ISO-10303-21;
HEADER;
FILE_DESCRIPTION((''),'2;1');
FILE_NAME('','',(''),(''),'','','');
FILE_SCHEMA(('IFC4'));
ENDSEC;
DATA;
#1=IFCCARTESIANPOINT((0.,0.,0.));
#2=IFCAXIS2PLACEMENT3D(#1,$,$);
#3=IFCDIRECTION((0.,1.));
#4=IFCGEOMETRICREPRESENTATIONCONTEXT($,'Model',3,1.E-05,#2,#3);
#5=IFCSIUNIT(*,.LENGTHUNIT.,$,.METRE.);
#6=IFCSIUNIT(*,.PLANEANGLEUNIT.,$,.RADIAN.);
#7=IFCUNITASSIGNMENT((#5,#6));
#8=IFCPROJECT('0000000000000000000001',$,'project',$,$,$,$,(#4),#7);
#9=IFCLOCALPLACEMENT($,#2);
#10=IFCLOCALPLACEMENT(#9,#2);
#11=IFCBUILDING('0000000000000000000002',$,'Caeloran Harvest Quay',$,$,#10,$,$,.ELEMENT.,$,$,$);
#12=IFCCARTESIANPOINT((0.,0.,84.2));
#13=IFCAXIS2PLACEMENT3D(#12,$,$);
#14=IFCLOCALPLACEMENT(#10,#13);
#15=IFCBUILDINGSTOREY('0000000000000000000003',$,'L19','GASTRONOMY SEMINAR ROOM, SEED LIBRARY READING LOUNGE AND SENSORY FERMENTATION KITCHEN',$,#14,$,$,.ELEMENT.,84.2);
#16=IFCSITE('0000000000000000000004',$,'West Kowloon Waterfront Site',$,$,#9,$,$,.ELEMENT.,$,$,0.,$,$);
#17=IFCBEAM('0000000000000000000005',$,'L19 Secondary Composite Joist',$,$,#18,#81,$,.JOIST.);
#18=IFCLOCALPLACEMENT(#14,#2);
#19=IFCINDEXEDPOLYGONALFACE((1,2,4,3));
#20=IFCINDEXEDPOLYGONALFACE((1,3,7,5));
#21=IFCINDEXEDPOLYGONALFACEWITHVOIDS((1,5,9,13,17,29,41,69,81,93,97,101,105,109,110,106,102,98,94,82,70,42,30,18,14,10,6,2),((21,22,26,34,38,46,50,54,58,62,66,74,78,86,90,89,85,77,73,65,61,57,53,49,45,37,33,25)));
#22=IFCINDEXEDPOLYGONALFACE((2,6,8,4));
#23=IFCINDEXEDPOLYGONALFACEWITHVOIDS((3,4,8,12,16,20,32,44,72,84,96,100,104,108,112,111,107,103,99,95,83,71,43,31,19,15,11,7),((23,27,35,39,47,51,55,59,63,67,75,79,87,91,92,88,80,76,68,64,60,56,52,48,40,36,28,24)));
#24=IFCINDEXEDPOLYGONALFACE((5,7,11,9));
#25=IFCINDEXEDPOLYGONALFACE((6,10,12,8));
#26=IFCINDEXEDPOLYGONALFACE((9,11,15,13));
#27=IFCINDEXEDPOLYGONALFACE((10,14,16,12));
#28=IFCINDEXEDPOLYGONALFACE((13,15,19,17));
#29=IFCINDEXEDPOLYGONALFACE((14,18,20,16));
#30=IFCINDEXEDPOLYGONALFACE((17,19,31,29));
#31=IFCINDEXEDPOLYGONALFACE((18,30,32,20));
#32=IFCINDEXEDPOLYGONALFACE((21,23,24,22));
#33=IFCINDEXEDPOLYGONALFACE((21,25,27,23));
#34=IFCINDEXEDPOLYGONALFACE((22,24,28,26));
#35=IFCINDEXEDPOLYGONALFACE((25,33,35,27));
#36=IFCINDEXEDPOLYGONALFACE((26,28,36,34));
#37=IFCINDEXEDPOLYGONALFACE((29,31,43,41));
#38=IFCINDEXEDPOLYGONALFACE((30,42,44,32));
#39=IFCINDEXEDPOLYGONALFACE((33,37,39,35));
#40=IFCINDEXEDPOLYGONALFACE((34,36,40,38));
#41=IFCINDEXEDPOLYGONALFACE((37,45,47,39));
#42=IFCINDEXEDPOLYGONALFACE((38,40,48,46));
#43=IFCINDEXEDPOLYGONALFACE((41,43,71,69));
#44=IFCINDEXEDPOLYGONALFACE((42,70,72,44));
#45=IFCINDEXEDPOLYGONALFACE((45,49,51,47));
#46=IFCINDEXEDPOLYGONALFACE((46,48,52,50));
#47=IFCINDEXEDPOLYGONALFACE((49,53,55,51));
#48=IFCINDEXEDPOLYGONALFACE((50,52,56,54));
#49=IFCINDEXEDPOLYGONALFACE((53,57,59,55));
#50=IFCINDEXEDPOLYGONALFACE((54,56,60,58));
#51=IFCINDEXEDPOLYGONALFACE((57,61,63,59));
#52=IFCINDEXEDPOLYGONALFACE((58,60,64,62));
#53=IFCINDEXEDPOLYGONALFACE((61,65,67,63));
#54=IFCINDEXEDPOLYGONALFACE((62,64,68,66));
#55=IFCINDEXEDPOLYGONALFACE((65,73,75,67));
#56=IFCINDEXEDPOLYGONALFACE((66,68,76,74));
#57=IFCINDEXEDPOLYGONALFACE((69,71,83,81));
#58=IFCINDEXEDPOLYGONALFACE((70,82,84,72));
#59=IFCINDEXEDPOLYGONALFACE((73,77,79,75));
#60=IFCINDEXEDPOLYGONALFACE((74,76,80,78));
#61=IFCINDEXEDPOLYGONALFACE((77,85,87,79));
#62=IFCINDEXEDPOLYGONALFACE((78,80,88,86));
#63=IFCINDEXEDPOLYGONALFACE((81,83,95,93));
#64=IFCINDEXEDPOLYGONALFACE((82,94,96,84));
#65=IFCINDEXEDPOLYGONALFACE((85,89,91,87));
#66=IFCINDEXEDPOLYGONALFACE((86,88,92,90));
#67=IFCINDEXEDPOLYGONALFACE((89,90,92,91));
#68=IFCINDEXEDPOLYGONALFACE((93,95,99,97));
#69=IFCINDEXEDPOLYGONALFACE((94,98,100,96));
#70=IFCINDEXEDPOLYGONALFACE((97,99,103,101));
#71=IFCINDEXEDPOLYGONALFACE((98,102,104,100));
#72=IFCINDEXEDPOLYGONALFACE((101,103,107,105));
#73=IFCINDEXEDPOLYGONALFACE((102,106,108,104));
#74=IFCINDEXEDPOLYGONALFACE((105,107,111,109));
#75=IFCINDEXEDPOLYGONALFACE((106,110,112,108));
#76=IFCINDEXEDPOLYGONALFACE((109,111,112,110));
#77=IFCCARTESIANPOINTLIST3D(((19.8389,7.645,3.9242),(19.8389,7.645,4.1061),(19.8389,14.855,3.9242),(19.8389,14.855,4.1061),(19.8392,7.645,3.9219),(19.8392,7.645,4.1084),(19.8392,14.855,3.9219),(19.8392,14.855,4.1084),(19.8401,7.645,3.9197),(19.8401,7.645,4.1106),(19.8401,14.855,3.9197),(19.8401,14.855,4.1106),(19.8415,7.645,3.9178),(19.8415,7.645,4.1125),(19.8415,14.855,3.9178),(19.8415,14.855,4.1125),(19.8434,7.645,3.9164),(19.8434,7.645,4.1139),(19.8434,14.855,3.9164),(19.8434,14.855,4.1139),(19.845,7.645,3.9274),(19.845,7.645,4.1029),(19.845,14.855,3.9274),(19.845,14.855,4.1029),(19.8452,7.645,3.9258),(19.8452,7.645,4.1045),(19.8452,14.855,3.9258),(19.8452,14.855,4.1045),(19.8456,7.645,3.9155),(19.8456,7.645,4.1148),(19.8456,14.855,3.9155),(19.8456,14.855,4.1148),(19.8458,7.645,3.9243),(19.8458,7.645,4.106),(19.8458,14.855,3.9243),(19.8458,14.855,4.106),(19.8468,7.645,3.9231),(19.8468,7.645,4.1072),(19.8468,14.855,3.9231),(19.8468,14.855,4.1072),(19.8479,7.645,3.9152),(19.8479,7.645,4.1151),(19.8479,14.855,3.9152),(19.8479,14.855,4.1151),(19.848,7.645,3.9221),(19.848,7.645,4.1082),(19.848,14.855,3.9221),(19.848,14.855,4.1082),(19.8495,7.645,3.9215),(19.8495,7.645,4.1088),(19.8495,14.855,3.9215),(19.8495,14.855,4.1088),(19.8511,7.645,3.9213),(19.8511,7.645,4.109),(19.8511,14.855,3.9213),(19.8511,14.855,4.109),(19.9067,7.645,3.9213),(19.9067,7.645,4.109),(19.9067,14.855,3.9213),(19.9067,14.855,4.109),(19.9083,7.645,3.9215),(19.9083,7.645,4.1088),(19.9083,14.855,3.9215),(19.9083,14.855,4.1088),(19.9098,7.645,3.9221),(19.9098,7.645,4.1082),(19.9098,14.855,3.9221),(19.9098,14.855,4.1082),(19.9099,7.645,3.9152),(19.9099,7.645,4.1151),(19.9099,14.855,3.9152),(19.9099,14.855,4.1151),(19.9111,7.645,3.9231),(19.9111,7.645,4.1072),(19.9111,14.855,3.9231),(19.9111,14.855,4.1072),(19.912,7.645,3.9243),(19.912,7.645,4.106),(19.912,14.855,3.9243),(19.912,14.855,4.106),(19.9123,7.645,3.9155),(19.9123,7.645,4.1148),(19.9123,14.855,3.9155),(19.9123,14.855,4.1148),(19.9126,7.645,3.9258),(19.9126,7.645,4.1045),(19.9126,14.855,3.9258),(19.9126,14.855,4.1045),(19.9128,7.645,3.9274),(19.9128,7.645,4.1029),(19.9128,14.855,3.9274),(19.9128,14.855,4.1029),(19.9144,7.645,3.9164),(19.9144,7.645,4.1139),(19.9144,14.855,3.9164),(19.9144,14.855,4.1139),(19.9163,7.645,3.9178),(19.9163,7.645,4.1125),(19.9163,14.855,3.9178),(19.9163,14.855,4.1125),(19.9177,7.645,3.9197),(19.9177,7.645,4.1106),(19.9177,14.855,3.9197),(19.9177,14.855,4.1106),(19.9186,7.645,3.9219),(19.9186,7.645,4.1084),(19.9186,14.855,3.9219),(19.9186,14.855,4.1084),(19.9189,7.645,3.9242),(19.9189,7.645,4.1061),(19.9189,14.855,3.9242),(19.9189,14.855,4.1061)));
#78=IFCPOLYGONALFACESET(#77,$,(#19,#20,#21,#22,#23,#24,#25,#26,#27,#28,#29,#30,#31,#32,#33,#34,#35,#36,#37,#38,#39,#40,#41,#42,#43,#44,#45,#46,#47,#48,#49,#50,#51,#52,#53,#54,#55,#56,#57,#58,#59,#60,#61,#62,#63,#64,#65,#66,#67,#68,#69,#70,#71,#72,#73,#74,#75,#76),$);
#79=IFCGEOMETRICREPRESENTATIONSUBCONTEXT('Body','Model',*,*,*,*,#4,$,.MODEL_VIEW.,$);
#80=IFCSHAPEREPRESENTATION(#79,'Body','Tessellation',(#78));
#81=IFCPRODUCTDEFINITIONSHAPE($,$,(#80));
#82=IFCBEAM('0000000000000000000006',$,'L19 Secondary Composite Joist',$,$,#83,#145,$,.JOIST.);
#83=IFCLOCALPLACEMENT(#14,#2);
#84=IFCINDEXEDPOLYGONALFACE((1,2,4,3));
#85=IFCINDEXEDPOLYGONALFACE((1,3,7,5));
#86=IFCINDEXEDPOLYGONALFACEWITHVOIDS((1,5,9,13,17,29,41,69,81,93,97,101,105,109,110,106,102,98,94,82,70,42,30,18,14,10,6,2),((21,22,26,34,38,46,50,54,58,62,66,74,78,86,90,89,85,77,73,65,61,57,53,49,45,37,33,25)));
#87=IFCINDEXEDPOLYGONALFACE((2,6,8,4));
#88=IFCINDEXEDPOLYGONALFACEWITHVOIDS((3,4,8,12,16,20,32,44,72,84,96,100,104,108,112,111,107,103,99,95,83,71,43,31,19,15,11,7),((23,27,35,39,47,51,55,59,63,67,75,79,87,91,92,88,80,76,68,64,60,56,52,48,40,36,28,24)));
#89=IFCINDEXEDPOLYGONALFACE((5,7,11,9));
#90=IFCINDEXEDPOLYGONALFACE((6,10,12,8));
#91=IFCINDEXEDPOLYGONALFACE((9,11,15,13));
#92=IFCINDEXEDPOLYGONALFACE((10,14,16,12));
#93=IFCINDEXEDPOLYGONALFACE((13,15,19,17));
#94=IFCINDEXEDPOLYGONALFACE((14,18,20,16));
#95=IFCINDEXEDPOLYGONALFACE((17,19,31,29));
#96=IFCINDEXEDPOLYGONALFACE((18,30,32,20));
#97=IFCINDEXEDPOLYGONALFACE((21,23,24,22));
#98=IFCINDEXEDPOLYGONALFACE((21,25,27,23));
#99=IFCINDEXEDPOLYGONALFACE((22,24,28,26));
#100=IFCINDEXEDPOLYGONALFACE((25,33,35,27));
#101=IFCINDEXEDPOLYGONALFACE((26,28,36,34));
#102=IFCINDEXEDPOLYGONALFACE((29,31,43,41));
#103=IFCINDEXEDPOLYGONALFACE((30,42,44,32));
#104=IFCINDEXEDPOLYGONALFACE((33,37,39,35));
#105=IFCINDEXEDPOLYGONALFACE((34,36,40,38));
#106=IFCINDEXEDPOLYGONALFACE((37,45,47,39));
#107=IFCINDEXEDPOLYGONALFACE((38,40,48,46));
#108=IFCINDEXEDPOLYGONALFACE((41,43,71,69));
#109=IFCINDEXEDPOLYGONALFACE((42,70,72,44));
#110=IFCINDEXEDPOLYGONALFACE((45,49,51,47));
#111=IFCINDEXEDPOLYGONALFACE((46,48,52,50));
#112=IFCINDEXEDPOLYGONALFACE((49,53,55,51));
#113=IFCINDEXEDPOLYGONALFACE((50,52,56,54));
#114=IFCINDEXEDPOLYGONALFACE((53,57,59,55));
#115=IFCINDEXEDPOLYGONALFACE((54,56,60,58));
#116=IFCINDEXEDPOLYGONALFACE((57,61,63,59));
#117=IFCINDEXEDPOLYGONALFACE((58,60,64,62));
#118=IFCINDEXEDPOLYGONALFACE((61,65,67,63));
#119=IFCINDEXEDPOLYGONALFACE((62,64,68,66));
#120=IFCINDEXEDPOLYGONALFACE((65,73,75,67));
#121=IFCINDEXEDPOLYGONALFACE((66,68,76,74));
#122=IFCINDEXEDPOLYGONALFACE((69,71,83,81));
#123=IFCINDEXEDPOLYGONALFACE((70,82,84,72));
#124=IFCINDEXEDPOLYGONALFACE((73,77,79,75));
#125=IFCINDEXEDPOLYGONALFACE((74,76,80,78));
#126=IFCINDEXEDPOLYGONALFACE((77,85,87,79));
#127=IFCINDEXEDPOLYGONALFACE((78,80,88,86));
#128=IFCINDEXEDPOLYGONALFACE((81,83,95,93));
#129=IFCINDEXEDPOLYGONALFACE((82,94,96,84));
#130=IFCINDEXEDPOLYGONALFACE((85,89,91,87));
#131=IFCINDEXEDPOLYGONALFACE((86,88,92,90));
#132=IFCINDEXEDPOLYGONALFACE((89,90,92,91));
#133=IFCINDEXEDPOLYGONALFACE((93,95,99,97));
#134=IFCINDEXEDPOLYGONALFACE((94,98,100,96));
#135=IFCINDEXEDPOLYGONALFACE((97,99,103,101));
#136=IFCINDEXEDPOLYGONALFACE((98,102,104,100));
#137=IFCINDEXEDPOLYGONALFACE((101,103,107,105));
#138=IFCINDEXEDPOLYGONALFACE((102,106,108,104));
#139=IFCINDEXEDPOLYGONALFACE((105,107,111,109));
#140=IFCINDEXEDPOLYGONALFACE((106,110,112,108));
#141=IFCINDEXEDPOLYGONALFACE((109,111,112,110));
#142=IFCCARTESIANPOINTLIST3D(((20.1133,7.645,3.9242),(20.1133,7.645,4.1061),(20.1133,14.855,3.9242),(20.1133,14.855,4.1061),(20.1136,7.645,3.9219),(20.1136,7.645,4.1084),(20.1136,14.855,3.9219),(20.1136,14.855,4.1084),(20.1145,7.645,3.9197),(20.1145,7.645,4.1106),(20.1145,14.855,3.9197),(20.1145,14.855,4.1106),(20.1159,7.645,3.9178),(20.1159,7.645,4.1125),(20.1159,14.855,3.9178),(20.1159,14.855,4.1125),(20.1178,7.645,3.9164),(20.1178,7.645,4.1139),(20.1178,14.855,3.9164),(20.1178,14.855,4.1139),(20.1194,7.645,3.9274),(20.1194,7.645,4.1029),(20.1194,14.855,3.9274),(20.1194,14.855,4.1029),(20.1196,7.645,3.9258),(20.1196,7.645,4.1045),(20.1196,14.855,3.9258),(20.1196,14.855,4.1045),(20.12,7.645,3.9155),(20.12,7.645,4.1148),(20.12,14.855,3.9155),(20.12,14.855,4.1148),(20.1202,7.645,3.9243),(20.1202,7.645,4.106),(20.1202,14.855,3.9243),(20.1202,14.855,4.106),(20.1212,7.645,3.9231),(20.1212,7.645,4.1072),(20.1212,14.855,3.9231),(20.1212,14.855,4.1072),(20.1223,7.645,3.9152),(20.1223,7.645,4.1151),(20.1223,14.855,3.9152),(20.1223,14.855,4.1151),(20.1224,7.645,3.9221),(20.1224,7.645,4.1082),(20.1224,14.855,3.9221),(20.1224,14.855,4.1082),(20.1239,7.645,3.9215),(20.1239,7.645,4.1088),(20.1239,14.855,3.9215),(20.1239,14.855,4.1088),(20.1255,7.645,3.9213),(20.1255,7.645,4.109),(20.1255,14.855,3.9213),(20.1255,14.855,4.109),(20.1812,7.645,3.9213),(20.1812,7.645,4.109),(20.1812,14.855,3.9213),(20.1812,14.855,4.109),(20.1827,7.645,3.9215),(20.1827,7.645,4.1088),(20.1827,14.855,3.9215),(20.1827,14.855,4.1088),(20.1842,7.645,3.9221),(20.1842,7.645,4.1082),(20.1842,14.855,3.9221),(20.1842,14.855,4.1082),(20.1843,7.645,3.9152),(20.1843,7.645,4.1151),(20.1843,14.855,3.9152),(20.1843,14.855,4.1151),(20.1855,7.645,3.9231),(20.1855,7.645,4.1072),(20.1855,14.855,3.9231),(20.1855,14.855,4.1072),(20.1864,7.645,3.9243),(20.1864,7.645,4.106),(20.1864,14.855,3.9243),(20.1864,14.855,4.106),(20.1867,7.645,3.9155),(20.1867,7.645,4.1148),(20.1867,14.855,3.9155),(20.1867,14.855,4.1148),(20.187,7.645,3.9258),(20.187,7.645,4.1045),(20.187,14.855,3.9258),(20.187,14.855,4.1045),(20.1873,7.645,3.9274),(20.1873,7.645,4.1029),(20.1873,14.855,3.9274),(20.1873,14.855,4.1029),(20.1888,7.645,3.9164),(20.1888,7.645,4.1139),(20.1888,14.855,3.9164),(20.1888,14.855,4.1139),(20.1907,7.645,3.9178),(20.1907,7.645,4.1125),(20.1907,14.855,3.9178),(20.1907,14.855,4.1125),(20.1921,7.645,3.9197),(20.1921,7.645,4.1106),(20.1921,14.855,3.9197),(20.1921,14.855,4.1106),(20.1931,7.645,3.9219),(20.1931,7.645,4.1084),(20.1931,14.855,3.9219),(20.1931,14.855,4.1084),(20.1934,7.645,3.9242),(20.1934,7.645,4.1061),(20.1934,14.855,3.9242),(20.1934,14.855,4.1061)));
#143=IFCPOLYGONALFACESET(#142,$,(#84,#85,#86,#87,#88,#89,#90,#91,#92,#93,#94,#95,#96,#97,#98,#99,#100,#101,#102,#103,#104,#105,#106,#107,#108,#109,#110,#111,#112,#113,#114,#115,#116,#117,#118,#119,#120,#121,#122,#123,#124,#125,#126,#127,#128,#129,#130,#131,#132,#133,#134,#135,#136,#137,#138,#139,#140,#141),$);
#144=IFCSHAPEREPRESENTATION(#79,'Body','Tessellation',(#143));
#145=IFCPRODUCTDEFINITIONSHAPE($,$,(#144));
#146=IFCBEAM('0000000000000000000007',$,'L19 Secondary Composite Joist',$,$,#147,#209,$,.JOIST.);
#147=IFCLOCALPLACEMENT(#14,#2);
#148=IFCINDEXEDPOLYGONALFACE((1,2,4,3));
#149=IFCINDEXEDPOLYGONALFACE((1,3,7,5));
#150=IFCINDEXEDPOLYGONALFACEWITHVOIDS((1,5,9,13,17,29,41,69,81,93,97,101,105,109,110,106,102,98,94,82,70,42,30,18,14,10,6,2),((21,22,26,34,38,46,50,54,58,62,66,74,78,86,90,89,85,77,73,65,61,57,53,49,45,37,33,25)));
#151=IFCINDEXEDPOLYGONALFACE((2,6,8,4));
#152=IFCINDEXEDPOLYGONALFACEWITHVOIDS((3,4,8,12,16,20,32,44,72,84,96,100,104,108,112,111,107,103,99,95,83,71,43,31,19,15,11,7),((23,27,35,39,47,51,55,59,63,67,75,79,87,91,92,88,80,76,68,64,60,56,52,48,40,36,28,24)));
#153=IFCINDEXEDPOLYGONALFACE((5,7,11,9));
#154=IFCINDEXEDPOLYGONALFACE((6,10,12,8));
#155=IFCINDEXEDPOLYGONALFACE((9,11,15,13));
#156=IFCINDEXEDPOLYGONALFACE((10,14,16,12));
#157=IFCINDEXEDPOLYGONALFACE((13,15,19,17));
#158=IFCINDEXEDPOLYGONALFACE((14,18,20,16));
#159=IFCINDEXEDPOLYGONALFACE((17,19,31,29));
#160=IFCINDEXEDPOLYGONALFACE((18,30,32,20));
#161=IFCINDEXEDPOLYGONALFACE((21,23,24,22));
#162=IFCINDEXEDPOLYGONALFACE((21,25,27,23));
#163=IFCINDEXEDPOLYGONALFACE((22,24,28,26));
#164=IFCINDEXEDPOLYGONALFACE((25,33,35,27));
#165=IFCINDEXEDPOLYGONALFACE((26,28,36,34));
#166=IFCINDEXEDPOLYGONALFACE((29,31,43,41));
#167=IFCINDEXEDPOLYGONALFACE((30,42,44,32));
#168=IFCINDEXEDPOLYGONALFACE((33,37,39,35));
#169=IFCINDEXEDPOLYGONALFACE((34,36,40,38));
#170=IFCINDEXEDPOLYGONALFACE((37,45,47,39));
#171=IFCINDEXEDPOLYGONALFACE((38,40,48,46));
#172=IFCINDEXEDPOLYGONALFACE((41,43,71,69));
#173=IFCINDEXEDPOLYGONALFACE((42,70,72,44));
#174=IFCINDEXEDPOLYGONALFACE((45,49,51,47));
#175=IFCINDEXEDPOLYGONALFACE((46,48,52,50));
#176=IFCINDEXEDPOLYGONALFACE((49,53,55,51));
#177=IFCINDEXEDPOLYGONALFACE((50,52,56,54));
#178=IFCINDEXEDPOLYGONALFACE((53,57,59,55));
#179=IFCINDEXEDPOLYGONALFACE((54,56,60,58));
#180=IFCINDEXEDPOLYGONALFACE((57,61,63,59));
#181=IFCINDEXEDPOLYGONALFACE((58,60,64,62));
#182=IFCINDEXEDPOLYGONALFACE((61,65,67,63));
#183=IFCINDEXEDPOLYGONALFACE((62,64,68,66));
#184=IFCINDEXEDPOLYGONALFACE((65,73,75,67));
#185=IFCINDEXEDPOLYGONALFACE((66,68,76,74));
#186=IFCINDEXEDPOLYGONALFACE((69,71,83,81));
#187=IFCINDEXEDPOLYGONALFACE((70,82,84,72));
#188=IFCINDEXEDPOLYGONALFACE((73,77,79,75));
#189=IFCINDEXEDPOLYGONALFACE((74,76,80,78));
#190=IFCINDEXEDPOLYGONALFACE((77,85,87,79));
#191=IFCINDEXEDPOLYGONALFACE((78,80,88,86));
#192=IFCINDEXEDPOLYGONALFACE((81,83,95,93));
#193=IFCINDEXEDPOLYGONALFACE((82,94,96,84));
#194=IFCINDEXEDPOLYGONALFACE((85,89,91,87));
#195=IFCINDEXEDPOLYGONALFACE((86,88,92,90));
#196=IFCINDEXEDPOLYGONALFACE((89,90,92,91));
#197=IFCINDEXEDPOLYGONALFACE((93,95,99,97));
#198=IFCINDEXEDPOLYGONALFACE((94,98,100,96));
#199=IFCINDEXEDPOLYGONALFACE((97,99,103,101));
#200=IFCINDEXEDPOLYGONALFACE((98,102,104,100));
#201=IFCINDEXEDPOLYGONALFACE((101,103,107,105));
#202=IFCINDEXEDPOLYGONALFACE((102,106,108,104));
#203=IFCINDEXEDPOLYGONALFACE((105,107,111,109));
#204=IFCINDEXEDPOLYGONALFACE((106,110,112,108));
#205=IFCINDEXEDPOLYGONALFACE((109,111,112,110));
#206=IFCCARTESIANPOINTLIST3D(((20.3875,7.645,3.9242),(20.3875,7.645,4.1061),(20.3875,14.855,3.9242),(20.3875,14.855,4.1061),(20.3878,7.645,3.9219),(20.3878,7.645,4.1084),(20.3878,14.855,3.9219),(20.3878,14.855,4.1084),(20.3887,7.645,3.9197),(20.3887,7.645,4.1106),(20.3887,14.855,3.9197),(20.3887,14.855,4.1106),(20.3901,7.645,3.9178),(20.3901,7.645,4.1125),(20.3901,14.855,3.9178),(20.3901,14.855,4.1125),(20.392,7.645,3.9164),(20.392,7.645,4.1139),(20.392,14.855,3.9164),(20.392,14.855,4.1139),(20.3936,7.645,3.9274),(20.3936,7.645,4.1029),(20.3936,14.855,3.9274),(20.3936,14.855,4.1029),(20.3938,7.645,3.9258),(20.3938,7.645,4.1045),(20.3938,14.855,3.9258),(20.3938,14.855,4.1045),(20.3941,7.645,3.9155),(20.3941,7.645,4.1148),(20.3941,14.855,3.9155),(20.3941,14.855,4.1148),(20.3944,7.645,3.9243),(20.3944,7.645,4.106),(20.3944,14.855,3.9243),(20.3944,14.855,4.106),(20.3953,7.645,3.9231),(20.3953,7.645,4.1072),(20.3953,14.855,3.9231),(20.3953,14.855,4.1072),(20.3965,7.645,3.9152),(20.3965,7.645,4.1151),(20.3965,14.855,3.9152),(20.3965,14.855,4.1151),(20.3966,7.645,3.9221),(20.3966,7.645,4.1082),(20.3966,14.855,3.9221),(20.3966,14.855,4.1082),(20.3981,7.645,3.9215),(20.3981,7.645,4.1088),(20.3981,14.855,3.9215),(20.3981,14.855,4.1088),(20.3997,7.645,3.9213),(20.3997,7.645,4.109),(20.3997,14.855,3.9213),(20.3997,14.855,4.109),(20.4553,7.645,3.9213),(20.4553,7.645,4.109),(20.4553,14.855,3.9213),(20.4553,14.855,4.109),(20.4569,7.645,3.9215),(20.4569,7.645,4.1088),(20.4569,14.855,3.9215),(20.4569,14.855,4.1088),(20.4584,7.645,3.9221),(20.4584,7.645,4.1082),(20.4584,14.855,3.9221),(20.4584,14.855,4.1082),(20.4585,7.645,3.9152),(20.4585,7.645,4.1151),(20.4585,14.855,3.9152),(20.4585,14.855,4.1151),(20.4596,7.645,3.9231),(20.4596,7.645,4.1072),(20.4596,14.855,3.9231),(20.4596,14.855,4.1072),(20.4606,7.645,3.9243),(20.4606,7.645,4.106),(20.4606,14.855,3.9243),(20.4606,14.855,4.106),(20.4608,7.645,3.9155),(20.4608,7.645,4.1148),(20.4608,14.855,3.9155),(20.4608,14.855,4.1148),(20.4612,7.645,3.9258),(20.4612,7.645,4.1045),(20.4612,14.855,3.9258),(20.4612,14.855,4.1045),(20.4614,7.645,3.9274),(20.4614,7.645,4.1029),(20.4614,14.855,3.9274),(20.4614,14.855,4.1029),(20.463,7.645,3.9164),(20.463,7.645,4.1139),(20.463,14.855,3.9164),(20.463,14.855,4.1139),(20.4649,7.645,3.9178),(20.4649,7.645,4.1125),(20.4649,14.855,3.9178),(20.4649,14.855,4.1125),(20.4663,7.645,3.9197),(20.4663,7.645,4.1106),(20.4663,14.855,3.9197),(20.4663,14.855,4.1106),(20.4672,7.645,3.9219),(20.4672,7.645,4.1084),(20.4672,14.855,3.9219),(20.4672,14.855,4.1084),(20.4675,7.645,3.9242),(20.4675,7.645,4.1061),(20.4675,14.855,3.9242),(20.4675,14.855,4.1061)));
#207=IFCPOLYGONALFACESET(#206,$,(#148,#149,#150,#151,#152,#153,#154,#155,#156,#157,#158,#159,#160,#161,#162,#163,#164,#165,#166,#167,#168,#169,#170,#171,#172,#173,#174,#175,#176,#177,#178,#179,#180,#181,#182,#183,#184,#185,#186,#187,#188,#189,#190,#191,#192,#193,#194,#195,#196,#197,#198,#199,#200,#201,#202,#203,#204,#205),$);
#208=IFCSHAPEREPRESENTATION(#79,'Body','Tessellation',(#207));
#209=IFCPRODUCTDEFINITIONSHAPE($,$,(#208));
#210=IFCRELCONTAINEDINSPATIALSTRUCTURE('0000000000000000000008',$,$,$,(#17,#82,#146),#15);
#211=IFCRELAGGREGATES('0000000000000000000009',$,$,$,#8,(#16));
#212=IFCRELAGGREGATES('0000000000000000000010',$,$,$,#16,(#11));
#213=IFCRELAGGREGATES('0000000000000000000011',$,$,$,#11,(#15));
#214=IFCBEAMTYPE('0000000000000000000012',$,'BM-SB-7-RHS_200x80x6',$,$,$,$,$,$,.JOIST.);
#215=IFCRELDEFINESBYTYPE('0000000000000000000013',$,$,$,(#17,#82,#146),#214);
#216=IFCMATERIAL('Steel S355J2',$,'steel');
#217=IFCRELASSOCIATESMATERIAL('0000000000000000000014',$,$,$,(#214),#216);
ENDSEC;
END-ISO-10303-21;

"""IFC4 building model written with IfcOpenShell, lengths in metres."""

from ifc_helpers import new_model, si_unit, direction, frame, origin, origin_2d, place, context, subcontext, project, spatial, hollow_rectangle, extrude, material, material_profile, profile_set, type_object, element, save


model = new_model("IFC4")

# Units and contexts
model_context = context("Model", 3, precision=1e-05, world=origin(), true_north=direction((0.0, 1.0)))
body_context = subcontext(model_context, "Body", "Model", "MODEL_VIEW")
ifc_project = project(units=[si_unit("LENGTHUNIT", "METRE"), si_unit("PLANEANGLEUNIT", "RADIAN")], contexts=[model_context])

# Site, building, storey
site_placement = place(None, origin())
site = spatial("IfcSite", under=ifc_project, at=site_placement, Name="West Kowloon Waterfront Site", CompositionType="ELEMENT", RefElevation=0.0)
building_placement = place(site_placement, origin())
building = spatial("IfcBuilding", under=site, at=building_placement, Name="Caeloran Harvest Quay", CompositionType="ELEMENT")
storey_placement = place(building_placement, frame((0.0, 0.0, 84.2)))
storey = spatial("IfcBuildingStorey", under=building, at=storey_placement, Name="L19", Description="GASTRONOMY SEMINAR ROOM, SEED LIBRARY READING LOUNGE AND SENSORY FERMENTATION KITCHEN", CompositionType="ELEMENT", Elevation=84.2)

# Beams
ifc_material_1 = material(Name="Steel S355J2", Category="steel")
ifc_material_profile_1 = material_profile(ifc_material_1, hollow_rectangle(XDim=0.0801, YDim=0.2, WallThickness=0.0061, InnerFilletRadius=0.0061, OuterFilletRadius=0.009, at=origin_2d()), Name="RHS 200x80x6")
ifc_profile_set_1 = profile_set([ifc_material_profile_1], Name="Steel S355J2")
beam_type_1 = type_object("IfcBeamType", Name="BM-SB-7-RHS_200x80x6", PredefinedType="JOIST", material=ifc_profile_set_1)
for number, where, z_axis, x_axis, name in (
    (1, (19.8789, 7.645, 4.0151), (0.0, 1.0, 0.0), (-1.0, 0.0, 0.0), "L19 Secondary Composite Joist"),
    (2, (20.1533, 7.645, 4.0151), (0.0, 1.0, 0.0), (-1.0, 0.0, 0.0), "L19 Secondary Composite Joist"),
    (3, (20.4275, 7.645, 4.0151), (0.0, 1.0, 0.0), (-1.0, 0.0, 0.0), "L19 Secondary Composite Joist"),
):
    element("IfcBeam", number, at=place(storey_placement, frame(where, z_axis=z_axis, x_axis=x_axis)), inside=storey, type_object=beam_type_1, Name=name, PredefinedType="JOIST", context=body_context, shape_type="SweptSolid", body=[
        extrude(hollow_rectangle(XDim=0.0801, YDim=0.2, WallThickness=0.0061, InnerFilletRadius=0.0061, OuterFilletRadius=0.009, at=origin_2d()), origin(), (0.0, 0.0, 1.0), 7.21),
    ])

save(model, "model.ifc")
